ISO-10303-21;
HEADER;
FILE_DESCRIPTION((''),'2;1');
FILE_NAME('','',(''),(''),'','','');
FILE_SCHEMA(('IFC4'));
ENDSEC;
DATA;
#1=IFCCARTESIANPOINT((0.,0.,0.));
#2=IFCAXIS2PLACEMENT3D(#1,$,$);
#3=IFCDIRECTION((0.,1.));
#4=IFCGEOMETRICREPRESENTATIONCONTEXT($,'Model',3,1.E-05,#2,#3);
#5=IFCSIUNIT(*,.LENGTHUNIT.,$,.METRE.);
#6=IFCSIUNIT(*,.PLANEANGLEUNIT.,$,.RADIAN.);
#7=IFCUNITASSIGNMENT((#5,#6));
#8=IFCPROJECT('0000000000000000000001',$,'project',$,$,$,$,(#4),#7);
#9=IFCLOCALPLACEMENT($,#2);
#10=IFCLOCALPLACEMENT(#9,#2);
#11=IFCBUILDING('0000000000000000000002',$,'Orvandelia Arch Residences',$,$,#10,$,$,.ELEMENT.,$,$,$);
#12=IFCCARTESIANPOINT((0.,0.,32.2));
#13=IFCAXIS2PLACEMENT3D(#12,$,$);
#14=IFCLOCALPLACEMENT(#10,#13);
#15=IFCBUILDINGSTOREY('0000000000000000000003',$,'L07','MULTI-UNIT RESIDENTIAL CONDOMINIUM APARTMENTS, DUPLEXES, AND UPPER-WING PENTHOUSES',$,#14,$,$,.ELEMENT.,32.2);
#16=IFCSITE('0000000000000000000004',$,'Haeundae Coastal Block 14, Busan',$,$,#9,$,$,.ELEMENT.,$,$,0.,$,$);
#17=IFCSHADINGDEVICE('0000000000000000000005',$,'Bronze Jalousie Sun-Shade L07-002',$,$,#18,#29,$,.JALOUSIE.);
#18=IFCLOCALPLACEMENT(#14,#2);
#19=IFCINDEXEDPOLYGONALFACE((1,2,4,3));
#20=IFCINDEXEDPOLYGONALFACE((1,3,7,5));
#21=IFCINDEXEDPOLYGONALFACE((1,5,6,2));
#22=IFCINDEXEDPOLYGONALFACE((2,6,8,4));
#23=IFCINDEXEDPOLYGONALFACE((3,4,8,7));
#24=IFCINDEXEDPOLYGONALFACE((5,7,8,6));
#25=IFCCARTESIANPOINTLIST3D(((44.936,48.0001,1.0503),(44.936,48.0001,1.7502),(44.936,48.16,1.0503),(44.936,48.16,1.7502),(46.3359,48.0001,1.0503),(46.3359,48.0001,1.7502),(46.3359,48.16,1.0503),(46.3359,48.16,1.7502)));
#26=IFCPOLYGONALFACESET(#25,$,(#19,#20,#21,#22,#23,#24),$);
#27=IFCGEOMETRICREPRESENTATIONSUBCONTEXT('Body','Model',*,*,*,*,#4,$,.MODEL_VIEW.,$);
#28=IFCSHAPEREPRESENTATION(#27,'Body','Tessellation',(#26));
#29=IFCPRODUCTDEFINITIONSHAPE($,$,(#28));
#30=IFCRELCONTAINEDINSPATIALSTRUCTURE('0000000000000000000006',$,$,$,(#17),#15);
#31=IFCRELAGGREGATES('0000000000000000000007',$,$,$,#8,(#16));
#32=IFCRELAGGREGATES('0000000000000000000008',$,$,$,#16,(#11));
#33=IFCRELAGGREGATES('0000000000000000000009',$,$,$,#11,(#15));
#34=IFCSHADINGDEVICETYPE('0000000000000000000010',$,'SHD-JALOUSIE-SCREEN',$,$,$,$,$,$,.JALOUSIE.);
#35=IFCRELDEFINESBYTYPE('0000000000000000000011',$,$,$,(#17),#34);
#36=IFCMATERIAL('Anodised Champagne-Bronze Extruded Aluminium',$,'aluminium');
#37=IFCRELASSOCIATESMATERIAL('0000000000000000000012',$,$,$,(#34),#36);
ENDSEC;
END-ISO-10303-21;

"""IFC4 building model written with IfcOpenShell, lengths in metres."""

from ifc_helpers import new_model, si_unit, direction, frame, origin, origin_2d, place, context, subcontext, project, spatial, rectangle, extrude, material, type_object, element, save


model = new_model("IFC4")

# Units and contexts
model_context = context("Model", 3, precision=1e-05, world=origin(), true_north=direction((0.0, 1.0)))
body_context = subcontext(model_context, "Body", "Model", "MODEL_VIEW")
ifc_project = project(units=[si_unit("LENGTHUNIT", "METRE"), si_unit("PLANEANGLEUNIT", "RADIAN")], contexts=[model_context])

# Site, building, storey
site_placement = place(None, origin())
site = spatial("IfcSite", under=ifc_project, at=site_placement, Name="Haeundae Coastal Block 14, Busan", CompositionType="ELEMENT", RefElevation=0.0)
building_placement = place(site_placement, origin())
building = spatial("IfcBuilding", under=site, at=building_placement, Name="Orvandelia Arch Residences", CompositionType="ELEMENT")
storey_placement = place(building_placement, frame((0.0, 0.0, 32.2)))
storey = spatial("IfcBuildingStorey", under=building, at=storey_placement, Name="L07", Description="MULTI-UNIT RESIDENTIAL CONDOMINIUM APARTMENTS, DUPLEXES, AND UPPER-WING PENTHOUSES", CompositionType="ELEMENT", Elevation=32.2)

# Shading device
ifc_material_1 = material(Name="Anodised Champagne-Bronze Extruded Aluminium", Category="aluminium")
shading_device_type = type_object("IfcShadingDeviceType", Name="SHD-JALOUSIE-SCREEN", PredefinedType="JALOUSIE", material=ifc_material_1)
shading_device_placement = place(storey_placement, frame((45.636, 48.0801, 1.0503), z_axis=(0.0, 0.0, 1.0), x_axis=(1.0, 0.0, 0.0)))
element("IfcShadingDevice", 1, at=shading_device_placement, inside=storey, type_object=shading_device_type, Name="Bronze Jalousie Sun-Shade L07-002", PredefinedType="JALOUSIE", context=body_context, shape_type="SweptSolid", body=[
    extrude(rectangle(XDim=1.3999, YDim=0.1599, at=origin_2d()), origin(), (0.0, 0.0, 1.0), 0.7),
])

save(model, "model.ifc")
